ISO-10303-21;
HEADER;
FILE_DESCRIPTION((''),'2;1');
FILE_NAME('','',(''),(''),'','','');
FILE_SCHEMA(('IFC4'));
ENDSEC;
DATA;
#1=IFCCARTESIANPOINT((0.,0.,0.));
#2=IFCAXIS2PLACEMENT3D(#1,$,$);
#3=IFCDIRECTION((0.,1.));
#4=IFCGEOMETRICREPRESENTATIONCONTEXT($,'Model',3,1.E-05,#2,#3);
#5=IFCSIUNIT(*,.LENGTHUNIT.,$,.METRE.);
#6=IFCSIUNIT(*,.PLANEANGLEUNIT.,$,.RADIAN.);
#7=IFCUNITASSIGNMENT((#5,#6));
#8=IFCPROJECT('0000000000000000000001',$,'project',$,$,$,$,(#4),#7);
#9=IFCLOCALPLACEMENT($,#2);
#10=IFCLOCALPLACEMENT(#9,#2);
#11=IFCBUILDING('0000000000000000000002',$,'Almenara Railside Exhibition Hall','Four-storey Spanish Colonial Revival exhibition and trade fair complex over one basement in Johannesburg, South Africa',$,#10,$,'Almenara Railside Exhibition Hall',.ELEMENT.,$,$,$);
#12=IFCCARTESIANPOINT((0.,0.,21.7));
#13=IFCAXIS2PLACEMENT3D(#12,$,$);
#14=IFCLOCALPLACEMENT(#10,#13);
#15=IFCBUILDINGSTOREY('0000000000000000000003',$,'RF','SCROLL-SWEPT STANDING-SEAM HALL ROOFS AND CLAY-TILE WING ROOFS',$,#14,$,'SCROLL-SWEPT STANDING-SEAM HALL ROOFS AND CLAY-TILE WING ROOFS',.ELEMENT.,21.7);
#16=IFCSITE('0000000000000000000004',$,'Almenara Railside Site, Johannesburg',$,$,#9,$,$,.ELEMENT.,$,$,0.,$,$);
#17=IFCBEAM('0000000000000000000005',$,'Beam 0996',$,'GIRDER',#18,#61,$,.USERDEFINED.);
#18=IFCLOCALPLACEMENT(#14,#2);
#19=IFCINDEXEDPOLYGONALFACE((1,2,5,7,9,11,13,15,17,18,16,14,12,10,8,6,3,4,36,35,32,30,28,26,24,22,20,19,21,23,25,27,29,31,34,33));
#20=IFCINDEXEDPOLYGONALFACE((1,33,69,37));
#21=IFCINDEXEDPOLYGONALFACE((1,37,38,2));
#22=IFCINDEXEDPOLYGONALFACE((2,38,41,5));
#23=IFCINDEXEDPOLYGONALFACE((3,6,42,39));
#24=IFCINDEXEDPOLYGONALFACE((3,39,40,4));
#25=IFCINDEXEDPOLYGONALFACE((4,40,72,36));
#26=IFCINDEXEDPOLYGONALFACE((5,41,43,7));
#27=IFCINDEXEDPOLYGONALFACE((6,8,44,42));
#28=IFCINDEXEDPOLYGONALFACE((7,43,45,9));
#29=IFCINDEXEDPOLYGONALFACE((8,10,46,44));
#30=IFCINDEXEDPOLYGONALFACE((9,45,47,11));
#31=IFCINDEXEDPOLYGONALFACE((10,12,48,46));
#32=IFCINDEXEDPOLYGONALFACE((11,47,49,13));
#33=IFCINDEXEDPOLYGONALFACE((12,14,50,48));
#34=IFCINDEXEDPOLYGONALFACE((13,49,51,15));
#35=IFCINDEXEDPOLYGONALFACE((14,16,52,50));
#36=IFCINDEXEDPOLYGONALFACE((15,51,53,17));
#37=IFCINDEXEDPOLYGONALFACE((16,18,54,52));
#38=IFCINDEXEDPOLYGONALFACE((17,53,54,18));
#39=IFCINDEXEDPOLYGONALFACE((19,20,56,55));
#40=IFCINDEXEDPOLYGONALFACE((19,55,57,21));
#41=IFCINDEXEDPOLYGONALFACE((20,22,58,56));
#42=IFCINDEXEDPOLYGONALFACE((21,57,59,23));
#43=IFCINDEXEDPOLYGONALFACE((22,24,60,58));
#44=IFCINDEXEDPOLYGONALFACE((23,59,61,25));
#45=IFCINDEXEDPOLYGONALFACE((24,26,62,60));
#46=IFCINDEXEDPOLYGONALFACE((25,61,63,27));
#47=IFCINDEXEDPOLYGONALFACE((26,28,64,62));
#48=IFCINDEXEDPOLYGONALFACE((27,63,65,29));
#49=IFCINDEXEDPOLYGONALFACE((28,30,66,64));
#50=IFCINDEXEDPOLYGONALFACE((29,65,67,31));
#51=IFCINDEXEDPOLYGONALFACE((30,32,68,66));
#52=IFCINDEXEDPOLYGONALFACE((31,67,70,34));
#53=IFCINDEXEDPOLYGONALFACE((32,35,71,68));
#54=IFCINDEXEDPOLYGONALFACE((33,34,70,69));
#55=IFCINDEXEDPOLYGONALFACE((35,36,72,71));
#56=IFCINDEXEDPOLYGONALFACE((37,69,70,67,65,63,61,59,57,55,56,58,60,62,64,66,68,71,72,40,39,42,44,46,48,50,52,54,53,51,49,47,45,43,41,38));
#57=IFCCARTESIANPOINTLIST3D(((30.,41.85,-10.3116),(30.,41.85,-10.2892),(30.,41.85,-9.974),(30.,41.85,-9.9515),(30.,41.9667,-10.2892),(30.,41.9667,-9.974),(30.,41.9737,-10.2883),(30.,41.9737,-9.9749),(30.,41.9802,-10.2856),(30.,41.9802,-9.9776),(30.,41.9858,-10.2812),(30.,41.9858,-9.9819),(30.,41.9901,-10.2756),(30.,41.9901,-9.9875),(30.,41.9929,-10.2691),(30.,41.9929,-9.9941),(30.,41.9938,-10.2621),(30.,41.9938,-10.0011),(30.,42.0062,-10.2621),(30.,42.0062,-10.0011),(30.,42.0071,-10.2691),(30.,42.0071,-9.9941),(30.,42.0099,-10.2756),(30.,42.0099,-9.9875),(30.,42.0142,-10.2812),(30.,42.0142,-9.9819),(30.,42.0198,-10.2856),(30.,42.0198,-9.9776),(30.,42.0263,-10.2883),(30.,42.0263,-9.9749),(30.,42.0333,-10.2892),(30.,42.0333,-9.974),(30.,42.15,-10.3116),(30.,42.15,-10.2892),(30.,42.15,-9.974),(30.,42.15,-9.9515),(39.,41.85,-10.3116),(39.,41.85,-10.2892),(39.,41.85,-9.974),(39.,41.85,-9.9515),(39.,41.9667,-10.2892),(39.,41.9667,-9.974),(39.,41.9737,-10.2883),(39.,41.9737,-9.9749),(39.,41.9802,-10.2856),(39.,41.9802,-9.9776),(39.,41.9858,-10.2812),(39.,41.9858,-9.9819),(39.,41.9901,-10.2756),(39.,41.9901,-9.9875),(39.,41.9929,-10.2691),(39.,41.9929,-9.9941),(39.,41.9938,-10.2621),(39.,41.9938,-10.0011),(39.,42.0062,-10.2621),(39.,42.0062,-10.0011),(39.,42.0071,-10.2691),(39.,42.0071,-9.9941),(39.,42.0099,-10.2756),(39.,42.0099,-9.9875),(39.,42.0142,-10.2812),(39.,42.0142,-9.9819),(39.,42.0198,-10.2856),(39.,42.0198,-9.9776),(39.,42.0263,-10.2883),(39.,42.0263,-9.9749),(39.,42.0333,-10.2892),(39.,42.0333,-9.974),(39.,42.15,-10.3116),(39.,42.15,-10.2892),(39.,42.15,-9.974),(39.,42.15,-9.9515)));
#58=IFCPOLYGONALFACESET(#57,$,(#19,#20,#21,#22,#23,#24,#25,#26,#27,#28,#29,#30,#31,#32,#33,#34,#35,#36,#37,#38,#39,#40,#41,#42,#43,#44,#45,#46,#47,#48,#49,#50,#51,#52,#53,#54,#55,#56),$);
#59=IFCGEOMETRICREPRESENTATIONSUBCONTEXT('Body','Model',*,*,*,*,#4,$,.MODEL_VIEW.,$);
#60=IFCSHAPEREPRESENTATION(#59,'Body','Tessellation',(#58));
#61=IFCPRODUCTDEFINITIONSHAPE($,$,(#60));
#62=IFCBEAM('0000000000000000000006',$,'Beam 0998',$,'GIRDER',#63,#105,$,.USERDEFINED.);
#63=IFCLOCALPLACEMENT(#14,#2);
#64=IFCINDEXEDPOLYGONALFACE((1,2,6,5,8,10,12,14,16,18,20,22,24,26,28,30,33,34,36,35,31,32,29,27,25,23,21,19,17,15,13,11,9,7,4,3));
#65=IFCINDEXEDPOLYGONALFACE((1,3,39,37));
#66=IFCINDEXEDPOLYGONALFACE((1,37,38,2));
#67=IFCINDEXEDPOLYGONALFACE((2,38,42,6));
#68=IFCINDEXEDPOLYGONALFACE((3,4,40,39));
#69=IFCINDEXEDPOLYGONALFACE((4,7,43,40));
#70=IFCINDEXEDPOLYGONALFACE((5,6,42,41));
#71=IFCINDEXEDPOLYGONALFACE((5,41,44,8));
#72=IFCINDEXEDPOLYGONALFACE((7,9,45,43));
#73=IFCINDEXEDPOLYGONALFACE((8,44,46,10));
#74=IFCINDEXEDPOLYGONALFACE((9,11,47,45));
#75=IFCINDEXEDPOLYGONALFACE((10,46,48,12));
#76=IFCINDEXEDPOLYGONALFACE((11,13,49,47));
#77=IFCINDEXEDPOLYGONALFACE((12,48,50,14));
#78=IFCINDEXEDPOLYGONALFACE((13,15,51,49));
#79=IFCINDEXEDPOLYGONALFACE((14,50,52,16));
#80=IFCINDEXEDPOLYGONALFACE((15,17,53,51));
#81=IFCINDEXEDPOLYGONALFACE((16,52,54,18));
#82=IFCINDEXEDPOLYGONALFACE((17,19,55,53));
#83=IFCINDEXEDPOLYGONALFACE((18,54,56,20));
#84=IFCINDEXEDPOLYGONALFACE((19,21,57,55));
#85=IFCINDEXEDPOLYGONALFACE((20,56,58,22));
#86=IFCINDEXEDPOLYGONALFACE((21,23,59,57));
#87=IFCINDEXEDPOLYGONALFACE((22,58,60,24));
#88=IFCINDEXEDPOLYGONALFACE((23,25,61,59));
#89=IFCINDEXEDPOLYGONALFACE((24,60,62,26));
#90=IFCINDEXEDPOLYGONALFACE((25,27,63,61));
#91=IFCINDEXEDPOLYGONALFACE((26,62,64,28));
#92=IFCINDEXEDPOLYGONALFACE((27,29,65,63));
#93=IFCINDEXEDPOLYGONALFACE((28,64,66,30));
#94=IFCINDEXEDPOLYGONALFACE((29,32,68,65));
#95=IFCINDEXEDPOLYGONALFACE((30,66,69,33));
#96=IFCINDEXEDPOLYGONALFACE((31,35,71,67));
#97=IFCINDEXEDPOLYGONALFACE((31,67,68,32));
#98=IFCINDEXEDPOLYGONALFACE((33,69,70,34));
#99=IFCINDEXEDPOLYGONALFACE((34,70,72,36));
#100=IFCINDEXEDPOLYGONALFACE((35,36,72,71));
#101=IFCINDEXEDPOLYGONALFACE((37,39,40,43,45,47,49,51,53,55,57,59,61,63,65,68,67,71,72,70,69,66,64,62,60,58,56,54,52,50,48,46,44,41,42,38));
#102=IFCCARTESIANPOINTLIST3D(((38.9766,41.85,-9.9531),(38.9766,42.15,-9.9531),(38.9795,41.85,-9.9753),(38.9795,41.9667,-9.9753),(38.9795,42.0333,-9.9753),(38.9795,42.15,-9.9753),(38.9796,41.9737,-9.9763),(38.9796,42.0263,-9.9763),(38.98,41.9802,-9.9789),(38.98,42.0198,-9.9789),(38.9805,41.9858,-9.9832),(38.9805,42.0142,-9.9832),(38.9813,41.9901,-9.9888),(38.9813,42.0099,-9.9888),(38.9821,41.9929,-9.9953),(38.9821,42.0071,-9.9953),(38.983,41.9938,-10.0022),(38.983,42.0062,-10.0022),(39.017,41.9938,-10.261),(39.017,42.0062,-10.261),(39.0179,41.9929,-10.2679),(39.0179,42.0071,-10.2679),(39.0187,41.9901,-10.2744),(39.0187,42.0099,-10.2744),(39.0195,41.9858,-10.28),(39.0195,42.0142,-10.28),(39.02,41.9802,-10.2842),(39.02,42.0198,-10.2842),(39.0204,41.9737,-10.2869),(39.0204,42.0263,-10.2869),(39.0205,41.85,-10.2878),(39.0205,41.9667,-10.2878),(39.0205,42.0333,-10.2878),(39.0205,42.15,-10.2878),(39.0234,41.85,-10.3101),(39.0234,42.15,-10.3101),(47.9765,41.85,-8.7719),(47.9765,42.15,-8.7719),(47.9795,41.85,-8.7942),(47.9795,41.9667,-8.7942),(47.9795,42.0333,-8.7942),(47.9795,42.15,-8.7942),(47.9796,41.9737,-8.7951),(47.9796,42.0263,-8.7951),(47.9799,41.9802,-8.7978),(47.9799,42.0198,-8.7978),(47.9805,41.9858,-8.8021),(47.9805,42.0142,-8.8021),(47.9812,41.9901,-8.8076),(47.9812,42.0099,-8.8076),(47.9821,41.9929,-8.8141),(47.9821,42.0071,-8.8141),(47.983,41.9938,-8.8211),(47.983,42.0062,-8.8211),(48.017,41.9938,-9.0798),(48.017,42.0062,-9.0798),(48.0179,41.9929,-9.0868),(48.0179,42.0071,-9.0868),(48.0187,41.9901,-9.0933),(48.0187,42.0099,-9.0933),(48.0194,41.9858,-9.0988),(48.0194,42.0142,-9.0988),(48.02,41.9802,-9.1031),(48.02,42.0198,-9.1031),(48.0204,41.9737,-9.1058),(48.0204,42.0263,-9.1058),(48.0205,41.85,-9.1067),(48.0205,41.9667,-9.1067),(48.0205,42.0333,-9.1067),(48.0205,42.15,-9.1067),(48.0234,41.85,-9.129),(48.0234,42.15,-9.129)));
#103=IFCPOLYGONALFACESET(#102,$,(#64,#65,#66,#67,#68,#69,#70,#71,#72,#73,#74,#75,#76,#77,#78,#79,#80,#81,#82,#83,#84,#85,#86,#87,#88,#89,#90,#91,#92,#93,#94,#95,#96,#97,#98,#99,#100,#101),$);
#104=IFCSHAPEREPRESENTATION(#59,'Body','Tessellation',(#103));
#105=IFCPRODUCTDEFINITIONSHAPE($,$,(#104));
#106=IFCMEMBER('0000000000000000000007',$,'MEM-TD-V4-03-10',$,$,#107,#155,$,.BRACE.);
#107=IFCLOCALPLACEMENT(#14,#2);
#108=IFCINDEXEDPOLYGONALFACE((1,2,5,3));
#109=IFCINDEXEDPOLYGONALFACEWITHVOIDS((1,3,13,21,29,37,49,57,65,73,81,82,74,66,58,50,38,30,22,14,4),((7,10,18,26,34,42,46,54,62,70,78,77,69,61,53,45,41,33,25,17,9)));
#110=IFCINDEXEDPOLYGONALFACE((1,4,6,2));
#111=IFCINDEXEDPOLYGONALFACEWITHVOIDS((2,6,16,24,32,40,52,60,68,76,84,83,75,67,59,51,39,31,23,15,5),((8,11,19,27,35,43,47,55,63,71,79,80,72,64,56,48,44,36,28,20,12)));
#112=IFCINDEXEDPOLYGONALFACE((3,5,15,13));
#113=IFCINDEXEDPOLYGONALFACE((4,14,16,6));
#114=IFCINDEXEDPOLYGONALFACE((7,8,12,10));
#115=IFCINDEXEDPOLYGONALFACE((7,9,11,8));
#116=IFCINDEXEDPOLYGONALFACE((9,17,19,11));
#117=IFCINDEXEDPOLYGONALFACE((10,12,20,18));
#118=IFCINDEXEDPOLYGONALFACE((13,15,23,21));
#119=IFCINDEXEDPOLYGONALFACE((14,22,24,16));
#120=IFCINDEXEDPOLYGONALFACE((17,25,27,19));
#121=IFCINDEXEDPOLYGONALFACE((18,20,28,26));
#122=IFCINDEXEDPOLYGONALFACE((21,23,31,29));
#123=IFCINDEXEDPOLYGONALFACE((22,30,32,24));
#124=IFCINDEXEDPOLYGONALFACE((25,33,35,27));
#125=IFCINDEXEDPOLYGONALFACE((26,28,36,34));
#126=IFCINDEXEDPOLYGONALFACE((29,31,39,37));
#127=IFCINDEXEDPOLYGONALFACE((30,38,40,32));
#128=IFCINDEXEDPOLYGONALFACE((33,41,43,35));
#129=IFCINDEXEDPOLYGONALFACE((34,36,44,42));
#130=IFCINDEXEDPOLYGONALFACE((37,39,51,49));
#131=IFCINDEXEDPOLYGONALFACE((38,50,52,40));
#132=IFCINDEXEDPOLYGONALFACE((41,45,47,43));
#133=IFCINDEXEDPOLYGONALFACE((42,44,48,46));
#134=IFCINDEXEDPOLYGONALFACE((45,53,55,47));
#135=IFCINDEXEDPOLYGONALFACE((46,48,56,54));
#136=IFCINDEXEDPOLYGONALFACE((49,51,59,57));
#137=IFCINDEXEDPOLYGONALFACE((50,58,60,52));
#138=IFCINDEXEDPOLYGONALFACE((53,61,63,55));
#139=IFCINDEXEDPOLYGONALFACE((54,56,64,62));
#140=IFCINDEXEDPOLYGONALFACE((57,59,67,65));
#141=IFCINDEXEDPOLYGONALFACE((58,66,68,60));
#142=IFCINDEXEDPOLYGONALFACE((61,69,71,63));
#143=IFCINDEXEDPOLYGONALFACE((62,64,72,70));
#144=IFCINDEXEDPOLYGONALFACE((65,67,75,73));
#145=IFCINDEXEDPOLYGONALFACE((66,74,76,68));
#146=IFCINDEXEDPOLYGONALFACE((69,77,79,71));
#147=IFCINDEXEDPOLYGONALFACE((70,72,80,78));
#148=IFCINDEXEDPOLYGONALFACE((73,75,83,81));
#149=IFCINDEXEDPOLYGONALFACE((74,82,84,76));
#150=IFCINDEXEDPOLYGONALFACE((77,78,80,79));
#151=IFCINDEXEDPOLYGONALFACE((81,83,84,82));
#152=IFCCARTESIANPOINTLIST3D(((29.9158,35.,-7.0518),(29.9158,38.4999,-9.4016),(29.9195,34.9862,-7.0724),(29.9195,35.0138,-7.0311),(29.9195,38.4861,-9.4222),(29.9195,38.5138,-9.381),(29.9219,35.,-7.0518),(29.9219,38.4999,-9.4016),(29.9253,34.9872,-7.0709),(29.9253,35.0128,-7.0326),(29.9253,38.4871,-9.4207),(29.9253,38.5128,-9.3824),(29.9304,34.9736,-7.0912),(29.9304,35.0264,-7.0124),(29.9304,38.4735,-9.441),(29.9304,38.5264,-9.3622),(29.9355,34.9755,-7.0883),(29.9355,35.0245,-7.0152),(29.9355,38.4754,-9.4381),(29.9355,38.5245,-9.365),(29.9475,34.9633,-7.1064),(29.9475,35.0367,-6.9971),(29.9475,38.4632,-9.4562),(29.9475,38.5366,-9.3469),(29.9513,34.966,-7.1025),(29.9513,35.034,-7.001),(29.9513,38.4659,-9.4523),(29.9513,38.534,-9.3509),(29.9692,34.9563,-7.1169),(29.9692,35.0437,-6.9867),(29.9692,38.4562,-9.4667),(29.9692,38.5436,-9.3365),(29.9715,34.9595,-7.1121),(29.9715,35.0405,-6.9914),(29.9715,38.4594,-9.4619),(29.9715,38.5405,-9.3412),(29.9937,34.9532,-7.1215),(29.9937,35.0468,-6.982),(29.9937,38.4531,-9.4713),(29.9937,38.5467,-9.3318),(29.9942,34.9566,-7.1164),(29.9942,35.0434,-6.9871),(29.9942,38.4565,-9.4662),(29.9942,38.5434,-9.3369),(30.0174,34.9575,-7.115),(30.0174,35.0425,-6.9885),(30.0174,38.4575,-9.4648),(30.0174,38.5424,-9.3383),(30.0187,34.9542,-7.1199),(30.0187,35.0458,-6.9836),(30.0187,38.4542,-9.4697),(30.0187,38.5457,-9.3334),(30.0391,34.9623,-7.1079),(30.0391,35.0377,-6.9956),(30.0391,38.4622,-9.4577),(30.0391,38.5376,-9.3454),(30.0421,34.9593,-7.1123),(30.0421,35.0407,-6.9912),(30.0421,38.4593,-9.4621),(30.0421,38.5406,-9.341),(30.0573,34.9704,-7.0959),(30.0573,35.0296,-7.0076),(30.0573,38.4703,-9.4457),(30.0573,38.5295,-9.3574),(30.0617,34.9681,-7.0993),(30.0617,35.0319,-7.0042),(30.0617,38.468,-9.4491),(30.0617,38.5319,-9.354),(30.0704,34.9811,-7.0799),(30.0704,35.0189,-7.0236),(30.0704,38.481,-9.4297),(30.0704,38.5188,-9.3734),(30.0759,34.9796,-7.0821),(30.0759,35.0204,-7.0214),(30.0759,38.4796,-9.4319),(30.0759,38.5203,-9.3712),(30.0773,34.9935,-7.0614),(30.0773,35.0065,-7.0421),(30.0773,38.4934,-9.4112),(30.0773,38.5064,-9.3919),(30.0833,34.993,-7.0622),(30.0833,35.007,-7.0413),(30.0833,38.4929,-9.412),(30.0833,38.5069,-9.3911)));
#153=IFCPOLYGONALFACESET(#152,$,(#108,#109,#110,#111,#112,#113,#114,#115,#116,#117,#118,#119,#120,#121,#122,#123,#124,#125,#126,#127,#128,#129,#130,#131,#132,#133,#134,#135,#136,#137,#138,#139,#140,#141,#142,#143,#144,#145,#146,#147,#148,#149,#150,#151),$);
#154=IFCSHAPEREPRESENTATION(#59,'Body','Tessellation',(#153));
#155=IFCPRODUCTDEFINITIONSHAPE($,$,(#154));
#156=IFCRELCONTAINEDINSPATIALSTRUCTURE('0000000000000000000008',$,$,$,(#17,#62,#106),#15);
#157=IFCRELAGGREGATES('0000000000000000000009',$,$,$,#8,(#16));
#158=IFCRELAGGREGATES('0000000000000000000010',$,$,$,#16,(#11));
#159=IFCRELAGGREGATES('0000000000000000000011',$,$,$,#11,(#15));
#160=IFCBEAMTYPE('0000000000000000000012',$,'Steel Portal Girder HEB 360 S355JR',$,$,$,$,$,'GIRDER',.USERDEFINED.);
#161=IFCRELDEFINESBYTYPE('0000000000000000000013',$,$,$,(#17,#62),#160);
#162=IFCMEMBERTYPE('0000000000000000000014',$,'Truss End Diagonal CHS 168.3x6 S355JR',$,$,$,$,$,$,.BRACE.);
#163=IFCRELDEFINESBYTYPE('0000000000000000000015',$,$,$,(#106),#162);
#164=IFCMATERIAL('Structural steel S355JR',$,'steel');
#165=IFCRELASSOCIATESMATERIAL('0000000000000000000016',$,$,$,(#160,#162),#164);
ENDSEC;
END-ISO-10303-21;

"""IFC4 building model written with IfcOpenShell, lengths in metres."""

from ifc_helpers import new_model, si_unit, direction, frame, origin, origin_2d, place, context, subcontext, project, spatial, hollow_circle, i_section, extrude, material, material_profile, profile_set, type_object, element, save


model = new_model("IFC4")

# Units and contexts
model_context = context("Model", 3, precision=1e-05, world=origin(), true_north=direction((0.0, 1.0)))
body_context = subcontext(model_context, "Body", "Model", "MODEL_VIEW")
ifc_project = project(units=[si_unit("LENGTHUNIT", "METRE"), si_unit("PLANEANGLEUNIT", "RADIAN")], contexts=[model_context])

# Site, building, storey
site_placement = place(None, origin())
site = spatial("IfcSite", under=ifc_project, at=site_placement, Name="Almenara Railside Site, Johannesburg", CompositionType="ELEMENT", RefElevation=0.0)
building_placement = place(site_placement, origin())
building = spatial("IfcBuilding", under=site, at=building_placement, Name="Almenara Railside Exhibition Hall", Description="Four-storey Spanish Colonial Revival exhibition and trade fair complex over one basement in Johannesburg, South Africa", LongName="Almenara Railside Exhibition Hall", CompositionType="ELEMENT")
storey_placement = place(building_placement, frame((0.0, 0.0, 21.7)))
storey = spatial("IfcBuildingStorey", under=building, at=storey_placement, Name="RF", Description="SCROLL-SWEPT STANDING-SEAM HALL ROOFS AND CLAY-TILE WING ROOFS", LongName="SCROLL-SWEPT STANDING-SEAM HALL ROOFS AND CLAY-TILE WING ROOFS", CompositionType="ELEMENT", Elevation=21.7)

# Shared definitions
ifc_material = material(Name="Structural steel S355JR", Category="steel")

# Beams
ifc_material_profile_1 = material_profile(ifc_material, i_section(OverallWidth=0.3, OverallDepth=0.3601, WebThickness=0.0125, FlangeThickness=0.0225, FilletRadius=0.0271, at=origin_2d()), Name="HEB 360")
ifc_profile_set_1 = profile_set([ifc_material_profile_1], Name="Structural steel S355JR")
beam_type = type_object("IfcBeamType", Name="Steel Portal Girder HEB 360 S355JR", ElementType="GIRDER", PredefinedType="USERDEFINED", material=ifc_profile_set_1)
beam_1_placement = place(storey_placement, frame((30.0, 42.0, -10.1316), z_axis=(1.0, 0.0, 0.0), x_axis=(0.0, 1.0, 0.0)))
element("IfcBeam", 1, at=beam_1_placement, inside=storey, type_object=beam_type, Name="Beam 0996", ObjectType="GIRDER", PredefinedType="USERDEFINED", context=body_context, shape_type="SweptSolid", body=[
    extrude(i_section(OverallWidth=0.3, OverallDepth=0.3601, WebThickness=0.0125, FlangeThickness=0.0225, FilletRadius=0.0271, at=origin_2d()), origin(), (0.0, 0.0, 1.0), 9.0),
])
beam_2_placement = place(storey_placement, frame((39.0, 42.0, -10.1316), z_axis=(0.991498, 0.0, 0.130123), x_axis=(0.0, 1.0, 0.0)))
element("IfcBeam", 2, at=beam_2_placement, inside=storey, type_object=beam_type, Name="Beam 0998", ObjectType="GIRDER", PredefinedType="USERDEFINED", context=body_context, shape_type="SweptSolid", body=[
    extrude(i_section(OverallWidth=0.3, OverallDepth=0.3601, WebThickness=0.0125, FlangeThickness=0.0225, FilletRadius=0.0271, at=origin_2d()), origin(), (0.0, 0.0, 1.0), 9.0771),
])

# Member
ifc_material_profile_2 = material_profile(ifc_material, hollow_circle(Radius=0.0842, WallThickness=0.0061, at=origin_2d()), Name="CHS 168.3x6")
ifc_profile_set_2 = profile_set([ifc_material_profile_2], Name="Structural steel S355JR")
member_type_1 = type_object("IfcMemberType", Name="Truss End Diagonal CHS 168.3x6 S355JR", PredefinedType="BRACE", material=ifc_profile_set_2)
member_1_placement = place(storey_placement, frame((30.0, 35.0, -7.0518), z_axis=(0.0, 0.830237, -0.55741), x_axis=(-1.0, 0.0, 0.0)))
element("IfcMember", 3, at=member_1_placement, inside=storey, type_object=member_type_1, Name="MEM-TD-V4-03-10", PredefinedType="BRACE", context=body_context, shape_type="SweptSolid", body=[
    extrude(hollow_circle(Radius=0.0842, WallThickness=0.0061, at=origin_2d()), origin(), (0.0, 0.0, 1.0), 4.2156),
])

save(model, "model.ifc")
